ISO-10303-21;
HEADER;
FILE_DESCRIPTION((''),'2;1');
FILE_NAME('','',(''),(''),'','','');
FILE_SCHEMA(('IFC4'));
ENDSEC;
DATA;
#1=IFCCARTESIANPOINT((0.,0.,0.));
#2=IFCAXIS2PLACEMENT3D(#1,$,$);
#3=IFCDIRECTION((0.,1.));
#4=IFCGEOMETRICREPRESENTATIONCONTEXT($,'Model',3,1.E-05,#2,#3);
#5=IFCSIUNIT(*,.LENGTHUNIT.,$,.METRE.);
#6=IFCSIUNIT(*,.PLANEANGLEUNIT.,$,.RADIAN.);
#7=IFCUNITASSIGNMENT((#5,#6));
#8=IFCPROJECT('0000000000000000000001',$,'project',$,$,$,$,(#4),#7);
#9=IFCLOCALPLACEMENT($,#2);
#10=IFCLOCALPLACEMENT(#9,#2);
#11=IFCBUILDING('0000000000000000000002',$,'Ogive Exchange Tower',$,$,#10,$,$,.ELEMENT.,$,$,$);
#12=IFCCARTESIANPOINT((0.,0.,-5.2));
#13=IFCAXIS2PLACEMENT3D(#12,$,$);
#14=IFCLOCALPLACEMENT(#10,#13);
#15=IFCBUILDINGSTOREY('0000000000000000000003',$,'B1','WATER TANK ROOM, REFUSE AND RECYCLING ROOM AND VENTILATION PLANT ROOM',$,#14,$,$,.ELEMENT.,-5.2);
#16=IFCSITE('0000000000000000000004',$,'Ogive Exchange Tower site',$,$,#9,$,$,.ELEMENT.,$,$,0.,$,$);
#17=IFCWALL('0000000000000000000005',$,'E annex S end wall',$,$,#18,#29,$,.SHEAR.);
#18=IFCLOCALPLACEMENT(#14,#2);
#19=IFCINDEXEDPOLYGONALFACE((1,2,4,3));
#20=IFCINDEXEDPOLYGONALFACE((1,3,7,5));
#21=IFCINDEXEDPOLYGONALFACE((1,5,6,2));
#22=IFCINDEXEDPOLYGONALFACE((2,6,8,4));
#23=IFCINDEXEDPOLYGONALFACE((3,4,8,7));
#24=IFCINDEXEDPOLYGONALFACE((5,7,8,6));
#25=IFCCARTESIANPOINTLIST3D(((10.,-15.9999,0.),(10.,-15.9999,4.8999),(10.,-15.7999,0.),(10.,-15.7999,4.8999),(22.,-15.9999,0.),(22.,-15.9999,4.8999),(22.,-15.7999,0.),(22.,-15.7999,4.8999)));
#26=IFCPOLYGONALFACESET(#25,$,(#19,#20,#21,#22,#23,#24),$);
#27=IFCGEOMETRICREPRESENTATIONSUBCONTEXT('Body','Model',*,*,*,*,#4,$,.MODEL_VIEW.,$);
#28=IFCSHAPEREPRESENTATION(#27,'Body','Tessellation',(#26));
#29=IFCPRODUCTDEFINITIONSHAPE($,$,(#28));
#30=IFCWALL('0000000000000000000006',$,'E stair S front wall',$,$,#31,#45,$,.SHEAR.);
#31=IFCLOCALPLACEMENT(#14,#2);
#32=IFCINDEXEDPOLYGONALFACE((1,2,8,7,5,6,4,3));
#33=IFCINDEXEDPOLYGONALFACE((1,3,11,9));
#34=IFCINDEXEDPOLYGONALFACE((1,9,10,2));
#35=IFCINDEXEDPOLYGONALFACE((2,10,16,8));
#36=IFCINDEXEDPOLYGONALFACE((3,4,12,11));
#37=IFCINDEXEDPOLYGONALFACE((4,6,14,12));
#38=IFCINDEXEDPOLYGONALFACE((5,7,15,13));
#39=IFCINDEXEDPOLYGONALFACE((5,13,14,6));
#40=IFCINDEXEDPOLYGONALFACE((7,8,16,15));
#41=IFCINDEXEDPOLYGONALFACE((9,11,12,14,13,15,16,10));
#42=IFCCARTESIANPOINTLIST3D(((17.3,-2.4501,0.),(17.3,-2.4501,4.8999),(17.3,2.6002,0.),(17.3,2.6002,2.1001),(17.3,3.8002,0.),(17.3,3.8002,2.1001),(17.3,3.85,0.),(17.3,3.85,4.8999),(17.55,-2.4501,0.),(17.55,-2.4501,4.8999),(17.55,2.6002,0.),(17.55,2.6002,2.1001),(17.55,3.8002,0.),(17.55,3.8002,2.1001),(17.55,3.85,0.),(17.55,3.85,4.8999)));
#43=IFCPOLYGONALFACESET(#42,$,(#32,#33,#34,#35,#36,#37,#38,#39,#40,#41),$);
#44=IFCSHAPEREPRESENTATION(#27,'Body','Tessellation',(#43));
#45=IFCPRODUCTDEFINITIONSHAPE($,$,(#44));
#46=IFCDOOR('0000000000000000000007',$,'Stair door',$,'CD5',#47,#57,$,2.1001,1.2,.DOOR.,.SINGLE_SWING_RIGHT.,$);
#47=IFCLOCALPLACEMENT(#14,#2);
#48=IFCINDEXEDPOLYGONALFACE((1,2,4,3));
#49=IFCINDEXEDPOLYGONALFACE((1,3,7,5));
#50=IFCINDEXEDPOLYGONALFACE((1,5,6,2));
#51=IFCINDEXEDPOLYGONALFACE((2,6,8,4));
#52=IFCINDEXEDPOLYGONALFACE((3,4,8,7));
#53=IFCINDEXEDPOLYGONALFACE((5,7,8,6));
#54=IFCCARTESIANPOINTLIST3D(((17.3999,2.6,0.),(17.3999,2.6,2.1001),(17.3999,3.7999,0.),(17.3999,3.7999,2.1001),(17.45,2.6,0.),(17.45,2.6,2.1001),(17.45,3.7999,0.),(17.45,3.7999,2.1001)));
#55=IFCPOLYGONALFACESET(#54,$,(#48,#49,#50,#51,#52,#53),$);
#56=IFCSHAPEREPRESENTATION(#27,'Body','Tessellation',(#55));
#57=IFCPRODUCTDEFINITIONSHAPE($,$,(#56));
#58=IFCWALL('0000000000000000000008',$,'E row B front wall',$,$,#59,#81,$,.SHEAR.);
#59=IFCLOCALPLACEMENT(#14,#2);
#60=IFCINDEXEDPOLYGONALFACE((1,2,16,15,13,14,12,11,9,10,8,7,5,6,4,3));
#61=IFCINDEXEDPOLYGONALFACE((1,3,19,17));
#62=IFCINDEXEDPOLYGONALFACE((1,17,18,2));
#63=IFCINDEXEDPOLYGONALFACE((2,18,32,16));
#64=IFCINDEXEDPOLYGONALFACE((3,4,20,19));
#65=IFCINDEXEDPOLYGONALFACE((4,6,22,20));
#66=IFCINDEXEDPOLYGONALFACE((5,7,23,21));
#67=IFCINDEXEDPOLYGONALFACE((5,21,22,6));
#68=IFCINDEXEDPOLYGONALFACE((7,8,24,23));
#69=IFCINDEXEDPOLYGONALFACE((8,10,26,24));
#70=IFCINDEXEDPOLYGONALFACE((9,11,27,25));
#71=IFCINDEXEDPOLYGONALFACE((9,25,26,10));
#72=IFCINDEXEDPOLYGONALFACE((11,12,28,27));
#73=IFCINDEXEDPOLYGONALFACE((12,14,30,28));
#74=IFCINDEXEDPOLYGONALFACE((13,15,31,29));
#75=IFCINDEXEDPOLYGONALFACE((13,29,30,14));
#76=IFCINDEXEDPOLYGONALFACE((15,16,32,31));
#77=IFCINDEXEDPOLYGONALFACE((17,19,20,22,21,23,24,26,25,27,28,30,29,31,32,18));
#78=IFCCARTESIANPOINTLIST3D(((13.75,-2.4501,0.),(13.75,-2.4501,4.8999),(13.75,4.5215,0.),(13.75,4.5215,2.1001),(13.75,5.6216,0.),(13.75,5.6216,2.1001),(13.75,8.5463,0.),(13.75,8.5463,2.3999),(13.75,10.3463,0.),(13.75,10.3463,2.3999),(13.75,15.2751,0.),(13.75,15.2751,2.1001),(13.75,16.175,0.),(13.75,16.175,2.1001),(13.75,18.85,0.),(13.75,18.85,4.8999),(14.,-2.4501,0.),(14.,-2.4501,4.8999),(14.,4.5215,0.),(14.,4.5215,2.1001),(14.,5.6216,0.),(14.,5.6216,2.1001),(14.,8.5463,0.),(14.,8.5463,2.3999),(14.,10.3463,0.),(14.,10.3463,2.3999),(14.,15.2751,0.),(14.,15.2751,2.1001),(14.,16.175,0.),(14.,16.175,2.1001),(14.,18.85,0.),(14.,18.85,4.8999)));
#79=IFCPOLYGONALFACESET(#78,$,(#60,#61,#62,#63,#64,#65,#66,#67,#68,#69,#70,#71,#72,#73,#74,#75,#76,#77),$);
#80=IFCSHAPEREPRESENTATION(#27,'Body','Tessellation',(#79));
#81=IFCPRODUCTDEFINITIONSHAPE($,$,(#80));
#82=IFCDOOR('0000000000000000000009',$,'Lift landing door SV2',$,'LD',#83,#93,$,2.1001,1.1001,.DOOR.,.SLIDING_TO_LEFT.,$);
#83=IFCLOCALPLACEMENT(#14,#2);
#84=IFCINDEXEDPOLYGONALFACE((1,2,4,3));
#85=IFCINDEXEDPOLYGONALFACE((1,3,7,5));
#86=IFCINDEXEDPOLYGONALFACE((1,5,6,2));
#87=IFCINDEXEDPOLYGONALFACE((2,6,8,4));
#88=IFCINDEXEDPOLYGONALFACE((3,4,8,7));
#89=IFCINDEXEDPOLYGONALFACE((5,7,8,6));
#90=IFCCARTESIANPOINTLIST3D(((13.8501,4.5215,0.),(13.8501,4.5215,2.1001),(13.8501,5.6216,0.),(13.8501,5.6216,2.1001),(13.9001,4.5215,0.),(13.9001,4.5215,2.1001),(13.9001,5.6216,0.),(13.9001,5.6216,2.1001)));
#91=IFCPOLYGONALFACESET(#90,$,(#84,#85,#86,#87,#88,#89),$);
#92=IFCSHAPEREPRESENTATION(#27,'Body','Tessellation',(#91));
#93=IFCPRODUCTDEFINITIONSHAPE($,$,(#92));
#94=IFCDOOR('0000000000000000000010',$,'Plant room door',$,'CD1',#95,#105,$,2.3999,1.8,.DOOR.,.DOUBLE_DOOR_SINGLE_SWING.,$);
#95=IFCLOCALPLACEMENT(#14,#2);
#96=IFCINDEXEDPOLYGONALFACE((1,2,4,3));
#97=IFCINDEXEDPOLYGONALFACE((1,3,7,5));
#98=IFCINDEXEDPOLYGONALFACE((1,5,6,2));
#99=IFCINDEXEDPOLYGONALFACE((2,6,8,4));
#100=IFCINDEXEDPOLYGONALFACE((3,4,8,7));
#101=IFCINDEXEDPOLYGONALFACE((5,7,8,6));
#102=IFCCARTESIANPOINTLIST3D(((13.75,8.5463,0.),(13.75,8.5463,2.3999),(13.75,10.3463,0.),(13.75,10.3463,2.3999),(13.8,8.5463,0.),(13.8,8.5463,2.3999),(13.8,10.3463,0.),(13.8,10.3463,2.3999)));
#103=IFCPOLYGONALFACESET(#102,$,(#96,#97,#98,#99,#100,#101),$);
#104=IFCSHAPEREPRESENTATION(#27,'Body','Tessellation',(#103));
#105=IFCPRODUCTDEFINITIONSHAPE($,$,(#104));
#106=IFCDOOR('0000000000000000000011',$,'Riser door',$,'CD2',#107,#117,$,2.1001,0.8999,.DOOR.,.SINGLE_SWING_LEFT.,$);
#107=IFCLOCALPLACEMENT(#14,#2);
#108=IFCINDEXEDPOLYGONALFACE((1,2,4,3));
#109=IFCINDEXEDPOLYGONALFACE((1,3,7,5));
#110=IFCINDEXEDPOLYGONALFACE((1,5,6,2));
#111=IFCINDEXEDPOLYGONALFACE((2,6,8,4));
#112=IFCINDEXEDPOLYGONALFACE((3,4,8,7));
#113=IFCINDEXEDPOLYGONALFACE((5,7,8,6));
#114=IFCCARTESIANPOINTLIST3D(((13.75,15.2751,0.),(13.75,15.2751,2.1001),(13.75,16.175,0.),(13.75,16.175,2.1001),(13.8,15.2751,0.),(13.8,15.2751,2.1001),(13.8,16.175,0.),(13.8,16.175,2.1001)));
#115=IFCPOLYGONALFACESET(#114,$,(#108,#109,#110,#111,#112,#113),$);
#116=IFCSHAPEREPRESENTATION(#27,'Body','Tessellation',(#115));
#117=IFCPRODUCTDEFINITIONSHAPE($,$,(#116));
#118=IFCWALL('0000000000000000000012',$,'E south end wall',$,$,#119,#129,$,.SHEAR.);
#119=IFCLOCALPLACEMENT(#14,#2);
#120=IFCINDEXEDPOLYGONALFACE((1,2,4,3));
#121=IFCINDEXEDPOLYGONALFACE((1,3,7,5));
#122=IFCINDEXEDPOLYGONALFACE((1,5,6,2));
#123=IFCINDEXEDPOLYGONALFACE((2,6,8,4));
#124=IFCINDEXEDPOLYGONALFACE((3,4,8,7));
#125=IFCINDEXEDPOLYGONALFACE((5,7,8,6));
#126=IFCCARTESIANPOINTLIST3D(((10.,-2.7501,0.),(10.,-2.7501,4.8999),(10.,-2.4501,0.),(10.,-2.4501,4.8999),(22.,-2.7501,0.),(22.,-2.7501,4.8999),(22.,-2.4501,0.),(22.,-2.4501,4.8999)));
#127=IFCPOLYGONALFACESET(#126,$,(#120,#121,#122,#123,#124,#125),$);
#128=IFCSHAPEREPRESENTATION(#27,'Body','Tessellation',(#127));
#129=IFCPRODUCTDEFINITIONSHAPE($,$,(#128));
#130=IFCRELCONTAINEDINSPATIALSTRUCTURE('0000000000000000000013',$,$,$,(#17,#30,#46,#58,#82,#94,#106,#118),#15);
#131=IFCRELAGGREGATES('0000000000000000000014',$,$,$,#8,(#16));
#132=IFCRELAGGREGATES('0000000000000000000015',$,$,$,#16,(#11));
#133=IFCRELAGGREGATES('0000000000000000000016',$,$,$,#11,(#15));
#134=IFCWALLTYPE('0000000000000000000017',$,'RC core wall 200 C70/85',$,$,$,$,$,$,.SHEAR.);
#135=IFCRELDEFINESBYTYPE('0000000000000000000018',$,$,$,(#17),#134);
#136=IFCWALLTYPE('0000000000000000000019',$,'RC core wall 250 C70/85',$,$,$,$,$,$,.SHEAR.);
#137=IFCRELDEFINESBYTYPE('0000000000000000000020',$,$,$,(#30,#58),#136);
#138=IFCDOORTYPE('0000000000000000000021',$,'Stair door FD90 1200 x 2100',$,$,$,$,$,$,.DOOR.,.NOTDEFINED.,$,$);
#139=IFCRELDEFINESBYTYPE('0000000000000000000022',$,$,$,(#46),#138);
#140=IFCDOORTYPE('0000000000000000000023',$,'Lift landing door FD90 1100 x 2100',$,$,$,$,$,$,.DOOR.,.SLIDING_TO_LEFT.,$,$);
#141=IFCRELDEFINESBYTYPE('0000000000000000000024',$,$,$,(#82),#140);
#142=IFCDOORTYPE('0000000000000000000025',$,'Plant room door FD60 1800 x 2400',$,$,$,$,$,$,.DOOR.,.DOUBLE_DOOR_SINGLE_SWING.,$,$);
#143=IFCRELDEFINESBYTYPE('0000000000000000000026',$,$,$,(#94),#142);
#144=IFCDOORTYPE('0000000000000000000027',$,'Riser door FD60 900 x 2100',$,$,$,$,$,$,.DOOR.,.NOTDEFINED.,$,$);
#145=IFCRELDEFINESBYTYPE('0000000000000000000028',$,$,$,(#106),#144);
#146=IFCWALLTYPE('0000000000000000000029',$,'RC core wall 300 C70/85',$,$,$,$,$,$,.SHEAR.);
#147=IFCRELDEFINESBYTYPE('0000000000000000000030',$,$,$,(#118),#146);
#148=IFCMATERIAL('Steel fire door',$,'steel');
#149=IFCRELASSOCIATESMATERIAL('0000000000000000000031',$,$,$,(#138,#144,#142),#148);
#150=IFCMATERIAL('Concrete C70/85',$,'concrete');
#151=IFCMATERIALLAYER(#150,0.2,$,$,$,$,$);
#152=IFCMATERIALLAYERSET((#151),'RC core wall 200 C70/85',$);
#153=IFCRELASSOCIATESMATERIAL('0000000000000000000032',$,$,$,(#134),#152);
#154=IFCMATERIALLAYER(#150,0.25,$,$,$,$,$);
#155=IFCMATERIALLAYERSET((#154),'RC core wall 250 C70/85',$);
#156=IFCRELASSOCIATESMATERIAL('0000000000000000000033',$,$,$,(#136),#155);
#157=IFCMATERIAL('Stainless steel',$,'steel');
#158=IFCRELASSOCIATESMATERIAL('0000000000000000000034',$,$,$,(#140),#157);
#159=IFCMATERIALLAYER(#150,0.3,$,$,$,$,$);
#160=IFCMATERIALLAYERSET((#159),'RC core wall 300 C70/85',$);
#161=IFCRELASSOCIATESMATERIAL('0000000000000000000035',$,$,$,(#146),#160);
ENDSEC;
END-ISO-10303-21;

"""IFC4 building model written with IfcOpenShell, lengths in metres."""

from ifc_helpers import new_model, si_unit, direction, frame, frame_2d, origin, place, context, subcontext, project, spatial, rectangle, extrude, material, layer, layer_set, type_object, element, fill, save


model = new_model("IFC4")

# Units and contexts
model_context = context("Model", 3, precision=1e-05, world=origin(), true_north=direction((0.0, 1.0)))
body_context = subcontext(model_context, "Body", "Model", "MODEL_VIEW")
ifc_project = project(units=[si_unit("LENGTHUNIT", "METRE"), si_unit("PLANEANGLEUNIT", "RADIAN")], contexts=[model_context])

# Site, building, storey
site_placement = place(None, origin())
site = spatial("IfcSite", under=ifc_project, at=site_placement, Name="Ogive Exchange Tower site", CompositionType="ELEMENT", RefElevation=0.0)
building_placement = place(site_placement, origin())
building = spatial("IfcBuilding", under=site, at=building_placement, Name="Ogive Exchange Tower", CompositionType="ELEMENT")
storey_placement = place(building_placement, frame((0.0, 0.0, -5.2)))
storey = spatial("IfcBuildingStorey", under=building, at=storey_placement, Name="B1", Description="WATER TANK ROOM, REFUSE AND RECYCLING ROOM AND VENTILATION PLANT ROOM", CompositionType="ELEMENT", Elevation=-5.2)

# Shared definitions
ifc_material_1 = material(Name="Concrete C70/85", Category="concrete")
ifc_material_2 = material(Name="Steel fire door", Category="steel")
door_type_1 = type_object("IfcDoorType", Name="Stair door FD90 1200 x 2100", OperationType="NOTDEFINED", PredefinedType="DOOR", material=ifc_material_2)

# Shared definitions
ifc_layer_1 = layer(ifc_material_1, 0.2)
ifc_layer_set_1 = layer_set([ifc_layer_1], Name="RC core wall 200 C70/85")
wall_type_1 = type_object("IfcWallType", Name="RC core wall 200 C70/85", PredefinedType="SHEAR", material=ifc_layer_set_1)

# Shared definitions
door_type_2 = type_object("IfcDoorType", Name="Riser door FD60 900 x 2100", OperationType="NOTDEFINED", PredefinedType="DOOR", material=ifc_material_2)

# Wall
wall_1_placement = place(storey_placement, frame((10.0, -15.8999, 0.0), z_axis=(0.0, 0.0, 1.0), x_axis=(1.0, 0.0, 0.0)))
element("IfcWall", 1, at=wall_1_placement, inside=storey, type_object=wall_type_1, Name="E annex S end wall", PredefinedType="SHEAR", context=body_context, shape_type="SweptSolid", body=[
    extrude(rectangle(XDim=12.0, YDim=0.2, at=frame_2d((6.0, 0.0))), origin(), (0.0, 0.0, 1.0), 4.8999),
])

# Wall, opening, door
ifc_layer_2 = layer(ifc_material_1, 0.25)
ifc_layer_set_2 = layer_set([ifc_layer_2], Name="RC core wall 250 C70/85")
wall_type_2 = type_object("IfcWallType", Name="RC core wall 250 C70/85", PredefinedType="SHEAR", material=ifc_layer_set_2)
wall_2_placement = place(storey_placement, frame((17.425, -2.45, 0.0), z_axis=(0.0, 0.0, 1.0), x_axis=(0.0, 1.0, 0.0)))
wall_2 = element("IfcWall", 2, at=wall_2_placement, inside=storey, type_object=wall_type_2, Name="E stair S front wall", PredefinedType="SHEAR", context=body_context, shape_type="SweptSolid", body=[
    extrude(rectangle(XDim=6.3, YDim=0.25, at=frame_2d((3.1499, 0.0))), origin(), (0.0, 0.0, 1.0), 4.8999),
])
opening_1_placement = place(wall_2_placement, frame((5.05, 0.0, 0.0)))
opening_1 = element("IfcOpeningElement", 3, at=opening_1_placement, cuts=wall_2, PredefinedType="OPENING", context=body_context, shape_type="SweptSolid", body=[
    extrude(rectangle(XDim=1.2, YDim=2.1001, at=frame_2d((0.6001, 1.05))), frame((0.0, 0.135, 0.0), z_axis=(0.0, -1.0, 0.0), x_axis=(1.0, 0.0, 0.0)), (0.0, 0.0, 1.0), 0.27),
])
door_1_placement = place(opening_1_placement, frame((1.2, 0.0, 0.0), z_axis=(0.0, 0.0, 1.0), x_axis=(-1.0, 0.0, 0.0)))
door_1 = element("IfcDoor", 4, at=door_1_placement, inside=storey, type_object=door_type_1, Name="Stair door", ObjectType="CD5", OperationType="SINGLE_SWING_RIGHT", OverallHeight=2.1001, OverallWidth=1.2, PredefinedType="DOOR", context=body_context, shape_type="SweptSolid", body=[
    extrude(rectangle(XDim=1.2, YDim=2.1001, at=frame_2d((0.6001, 1.05))), frame((0.0, 0.0249, 0.0), z_axis=(0.0, -1.0, 0.0), x_axis=(1.0, 0.0, 0.0)), (0.0, 0.0, 1.0), 0.05),
])
fill(opening_1, door_1)

# Wall, openings, doors
wall_3_placement = place(storey_placement, frame((13.875, -2.45, 0.0), z_axis=(0.0, 0.0, 1.0), x_axis=(0.0, 1.0, 0.0)))
wall_3 = element("IfcWall", 5, at=wall_3_placement, inside=storey, type_object=wall_type_2, Name="E row B front wall", PredefinedType="SHEAR", context=body_context, shape_type="SweptSolid", body=[
    extrude(rectangle(XDim=21.3, YDim=0.25, at=frame_2d((10.6499, 0.0))), origin(), (0.0, 0.0, 1.0), 4.8999),
])
opening_2_placement = place(wall_3_placement, frame((10.9963, 0.0, 0.0)))
opening_2 = element("IfcOpeningElement", 6, at=opening_2_placement, cuts=wall_3, PredefinedType="OPENING", context=body_context, shape_type="SweptSolid", body=[
    extrude(rectangle(XDim=1.8, YDim=2.3999, at=frame_2d((0.8999, 1.2))), frame((0.0, 0.135, 0.0), z_axis=(0.0, -1.0, 0.0), x_axis=(1.0, 0.0, 0.0)), (0.0, 0.0, 1.0), 0.27),
])
opening_3_placement = place(wall_3_placement, frame((17.7251, 0.0, 0.0)))
opening_3 = element("IfcOpeningElement", 7, at=opening_3_placement, cuts=wall_3, PredefinedType="OPENING", context=body_context, shape_type="SweptSolid", body=[
    extrude(rectangle(XDim=0.8999, YDim=2.1001, at=frame_2d((0.45, 1.05))), frame((0.0, 0.135, 0.0), z_axis=(0.0, -1.0, 0.0), x_axis=(1.0, 0.0, 0.0)), (0.0, 0.0, 1.0), 0.27),
])
opening_4_placement = place(wall_3_placement, frame((6.9714, 0.0, 0.0)))
opening_4 = element("IfcOpeningElement", 8, at=opening_4_placement, cuts=wall_3, PredefinedType="OPENING", context=body_context, shape_type="SweptSolid", body=[
    extrude(rectangle(XDim=1.1001, YDim=2.1001, at=frame_2d((0.55, 1.05))), frame((0.0, 0.135, 0.0), z_axis=(0.0, -1.0, 0.0), x_axis=(1.0, 0.0, 0.0)), (0.0, 0.0, 1.0), 0.27),
])
ifc_material_3 = material(Name="Stainless steel", Category="steel")
door_type_3 = type_object("IfcDoorType", Name="Lift landing door FD90 1100 x 2100", OperationType="SLIDING_TO_LEFT", PredefinedType="DOOR", material=ifc_material_3)
door_2_placement = place(opening_4_placement, origin())
door_2 = element("IfcDoor", 9, at=door_2_placement, inside=storey, type_object=door_type_3, Name="Lift landing door SV2", ObjectType="LD", OperationType="SLIDING_TO_LEFT", OverallHeight=2.1001, OverallWidth=1.1001, PredefinedType="DOOR", context=body_context, shape_type="SweptSolid", body=[
    extrude(rectangle(XDim=1.1001, YDim=2.1001, at=frame_2d((0.55, 1.05))), frame((0.0, 0.0249, 0.0), z_axis=(0.0, -1.0, 0.0), x_axis=(1.0, 0.0, 0.0)), (0.0, 0.0, 1.0), 0.05),
])
fill(opening_4, door_2)
door_type_4 = type_object("IfcDoorType", Name="Plant room door FD60 1800 x 2400", OperationType="DOUBLE_DOOR_SINGLE_SWING", PredefinedType="DOOR", material=ifc_material_2)
door_3_placement = place(opening_2_placement, origin())
door_3 = element("IfcDoor", 10, at=door_3_placement, inside=storey, type_object=door_type_4, Name="Plant room door", ObjectType="CD1", OperationType="DOUBLE_DOOR_SINGLE_SWING", OverallHeight=2.3999, OverallWidth=1.8, PredefinedType="DOOR", context=body_context, shape_type="SweptSolid", body=[
    extrude(rectangle(XDim=1.8, YDim=2.3999, at=frame_2d((0.8999, 1.2))), frame((0.0, 0.125, 0.0), z_axis=(0.0, -1.0, 0.0), x_axis=(1.0, 0.0, 0.0)), (0.0, 0.0, 1.0), 0.05),
])
fill(opening_2, door_3)
door_4_placement = place(opening_3_placement, origin())
door_4 = element("IfcDoor", 11, at=door_4_placement, inside=storey, type_object=door_type_2, Name="Riser door", ObjectType="CD2", OperationType="SINGLE_SWING_LEFT", OverallHeight=2.1001, OverallWidth=0.8999, PredefinedType="DOOR", context=body_context, shape_type="SweptSolid", body=[
    extrude(rectangle(XDim=0.8999, YDim=2.1001, at=frame_2d((0.45, 1.05))), frame((0.0, 0.125, 0.0), z_axis=(0.0, -1.0, 0.0), x_axis=(1.0, 0.0, 0.0)), (0.0, 0.0, 1.0), 0.05),
])
fill(opening_3, door_4)

# Wall
ifc_layer_3 = layer(ifc_material_1, 0.3)
ifc_layer_set_3 = layer_set([ifc_layer_3], Name="RC core wall 300 C70/85")
wall_type_3 = type_object("IfcWallType", Name="RC core wall 300 C70/85", PredefinedType="SHEAR", material=ifc_layer_set_3)
wall_4_placement = place(storey_placement, frame((10.0, -2.6001, 0.0), z_axis=(0.0, 0.0, 1.0), x_axis=(1.0, 0.0, 0.0)))
element("IfcWall", 12, at=wall_4_placement, inside=storey, type_object=wall_type_3, Name="E south end wall", PredefinedType="SHEAR", context=body_context, shape_type="SweptSolid", body=[
    extrude(rectangle(XDim=12.0, YDim=0.3, at=frame_2d((6.0, 0.0))), origin(), (0.0, 0.0, 1.0), 4.8999),
])

save(model, "model.ifc")
